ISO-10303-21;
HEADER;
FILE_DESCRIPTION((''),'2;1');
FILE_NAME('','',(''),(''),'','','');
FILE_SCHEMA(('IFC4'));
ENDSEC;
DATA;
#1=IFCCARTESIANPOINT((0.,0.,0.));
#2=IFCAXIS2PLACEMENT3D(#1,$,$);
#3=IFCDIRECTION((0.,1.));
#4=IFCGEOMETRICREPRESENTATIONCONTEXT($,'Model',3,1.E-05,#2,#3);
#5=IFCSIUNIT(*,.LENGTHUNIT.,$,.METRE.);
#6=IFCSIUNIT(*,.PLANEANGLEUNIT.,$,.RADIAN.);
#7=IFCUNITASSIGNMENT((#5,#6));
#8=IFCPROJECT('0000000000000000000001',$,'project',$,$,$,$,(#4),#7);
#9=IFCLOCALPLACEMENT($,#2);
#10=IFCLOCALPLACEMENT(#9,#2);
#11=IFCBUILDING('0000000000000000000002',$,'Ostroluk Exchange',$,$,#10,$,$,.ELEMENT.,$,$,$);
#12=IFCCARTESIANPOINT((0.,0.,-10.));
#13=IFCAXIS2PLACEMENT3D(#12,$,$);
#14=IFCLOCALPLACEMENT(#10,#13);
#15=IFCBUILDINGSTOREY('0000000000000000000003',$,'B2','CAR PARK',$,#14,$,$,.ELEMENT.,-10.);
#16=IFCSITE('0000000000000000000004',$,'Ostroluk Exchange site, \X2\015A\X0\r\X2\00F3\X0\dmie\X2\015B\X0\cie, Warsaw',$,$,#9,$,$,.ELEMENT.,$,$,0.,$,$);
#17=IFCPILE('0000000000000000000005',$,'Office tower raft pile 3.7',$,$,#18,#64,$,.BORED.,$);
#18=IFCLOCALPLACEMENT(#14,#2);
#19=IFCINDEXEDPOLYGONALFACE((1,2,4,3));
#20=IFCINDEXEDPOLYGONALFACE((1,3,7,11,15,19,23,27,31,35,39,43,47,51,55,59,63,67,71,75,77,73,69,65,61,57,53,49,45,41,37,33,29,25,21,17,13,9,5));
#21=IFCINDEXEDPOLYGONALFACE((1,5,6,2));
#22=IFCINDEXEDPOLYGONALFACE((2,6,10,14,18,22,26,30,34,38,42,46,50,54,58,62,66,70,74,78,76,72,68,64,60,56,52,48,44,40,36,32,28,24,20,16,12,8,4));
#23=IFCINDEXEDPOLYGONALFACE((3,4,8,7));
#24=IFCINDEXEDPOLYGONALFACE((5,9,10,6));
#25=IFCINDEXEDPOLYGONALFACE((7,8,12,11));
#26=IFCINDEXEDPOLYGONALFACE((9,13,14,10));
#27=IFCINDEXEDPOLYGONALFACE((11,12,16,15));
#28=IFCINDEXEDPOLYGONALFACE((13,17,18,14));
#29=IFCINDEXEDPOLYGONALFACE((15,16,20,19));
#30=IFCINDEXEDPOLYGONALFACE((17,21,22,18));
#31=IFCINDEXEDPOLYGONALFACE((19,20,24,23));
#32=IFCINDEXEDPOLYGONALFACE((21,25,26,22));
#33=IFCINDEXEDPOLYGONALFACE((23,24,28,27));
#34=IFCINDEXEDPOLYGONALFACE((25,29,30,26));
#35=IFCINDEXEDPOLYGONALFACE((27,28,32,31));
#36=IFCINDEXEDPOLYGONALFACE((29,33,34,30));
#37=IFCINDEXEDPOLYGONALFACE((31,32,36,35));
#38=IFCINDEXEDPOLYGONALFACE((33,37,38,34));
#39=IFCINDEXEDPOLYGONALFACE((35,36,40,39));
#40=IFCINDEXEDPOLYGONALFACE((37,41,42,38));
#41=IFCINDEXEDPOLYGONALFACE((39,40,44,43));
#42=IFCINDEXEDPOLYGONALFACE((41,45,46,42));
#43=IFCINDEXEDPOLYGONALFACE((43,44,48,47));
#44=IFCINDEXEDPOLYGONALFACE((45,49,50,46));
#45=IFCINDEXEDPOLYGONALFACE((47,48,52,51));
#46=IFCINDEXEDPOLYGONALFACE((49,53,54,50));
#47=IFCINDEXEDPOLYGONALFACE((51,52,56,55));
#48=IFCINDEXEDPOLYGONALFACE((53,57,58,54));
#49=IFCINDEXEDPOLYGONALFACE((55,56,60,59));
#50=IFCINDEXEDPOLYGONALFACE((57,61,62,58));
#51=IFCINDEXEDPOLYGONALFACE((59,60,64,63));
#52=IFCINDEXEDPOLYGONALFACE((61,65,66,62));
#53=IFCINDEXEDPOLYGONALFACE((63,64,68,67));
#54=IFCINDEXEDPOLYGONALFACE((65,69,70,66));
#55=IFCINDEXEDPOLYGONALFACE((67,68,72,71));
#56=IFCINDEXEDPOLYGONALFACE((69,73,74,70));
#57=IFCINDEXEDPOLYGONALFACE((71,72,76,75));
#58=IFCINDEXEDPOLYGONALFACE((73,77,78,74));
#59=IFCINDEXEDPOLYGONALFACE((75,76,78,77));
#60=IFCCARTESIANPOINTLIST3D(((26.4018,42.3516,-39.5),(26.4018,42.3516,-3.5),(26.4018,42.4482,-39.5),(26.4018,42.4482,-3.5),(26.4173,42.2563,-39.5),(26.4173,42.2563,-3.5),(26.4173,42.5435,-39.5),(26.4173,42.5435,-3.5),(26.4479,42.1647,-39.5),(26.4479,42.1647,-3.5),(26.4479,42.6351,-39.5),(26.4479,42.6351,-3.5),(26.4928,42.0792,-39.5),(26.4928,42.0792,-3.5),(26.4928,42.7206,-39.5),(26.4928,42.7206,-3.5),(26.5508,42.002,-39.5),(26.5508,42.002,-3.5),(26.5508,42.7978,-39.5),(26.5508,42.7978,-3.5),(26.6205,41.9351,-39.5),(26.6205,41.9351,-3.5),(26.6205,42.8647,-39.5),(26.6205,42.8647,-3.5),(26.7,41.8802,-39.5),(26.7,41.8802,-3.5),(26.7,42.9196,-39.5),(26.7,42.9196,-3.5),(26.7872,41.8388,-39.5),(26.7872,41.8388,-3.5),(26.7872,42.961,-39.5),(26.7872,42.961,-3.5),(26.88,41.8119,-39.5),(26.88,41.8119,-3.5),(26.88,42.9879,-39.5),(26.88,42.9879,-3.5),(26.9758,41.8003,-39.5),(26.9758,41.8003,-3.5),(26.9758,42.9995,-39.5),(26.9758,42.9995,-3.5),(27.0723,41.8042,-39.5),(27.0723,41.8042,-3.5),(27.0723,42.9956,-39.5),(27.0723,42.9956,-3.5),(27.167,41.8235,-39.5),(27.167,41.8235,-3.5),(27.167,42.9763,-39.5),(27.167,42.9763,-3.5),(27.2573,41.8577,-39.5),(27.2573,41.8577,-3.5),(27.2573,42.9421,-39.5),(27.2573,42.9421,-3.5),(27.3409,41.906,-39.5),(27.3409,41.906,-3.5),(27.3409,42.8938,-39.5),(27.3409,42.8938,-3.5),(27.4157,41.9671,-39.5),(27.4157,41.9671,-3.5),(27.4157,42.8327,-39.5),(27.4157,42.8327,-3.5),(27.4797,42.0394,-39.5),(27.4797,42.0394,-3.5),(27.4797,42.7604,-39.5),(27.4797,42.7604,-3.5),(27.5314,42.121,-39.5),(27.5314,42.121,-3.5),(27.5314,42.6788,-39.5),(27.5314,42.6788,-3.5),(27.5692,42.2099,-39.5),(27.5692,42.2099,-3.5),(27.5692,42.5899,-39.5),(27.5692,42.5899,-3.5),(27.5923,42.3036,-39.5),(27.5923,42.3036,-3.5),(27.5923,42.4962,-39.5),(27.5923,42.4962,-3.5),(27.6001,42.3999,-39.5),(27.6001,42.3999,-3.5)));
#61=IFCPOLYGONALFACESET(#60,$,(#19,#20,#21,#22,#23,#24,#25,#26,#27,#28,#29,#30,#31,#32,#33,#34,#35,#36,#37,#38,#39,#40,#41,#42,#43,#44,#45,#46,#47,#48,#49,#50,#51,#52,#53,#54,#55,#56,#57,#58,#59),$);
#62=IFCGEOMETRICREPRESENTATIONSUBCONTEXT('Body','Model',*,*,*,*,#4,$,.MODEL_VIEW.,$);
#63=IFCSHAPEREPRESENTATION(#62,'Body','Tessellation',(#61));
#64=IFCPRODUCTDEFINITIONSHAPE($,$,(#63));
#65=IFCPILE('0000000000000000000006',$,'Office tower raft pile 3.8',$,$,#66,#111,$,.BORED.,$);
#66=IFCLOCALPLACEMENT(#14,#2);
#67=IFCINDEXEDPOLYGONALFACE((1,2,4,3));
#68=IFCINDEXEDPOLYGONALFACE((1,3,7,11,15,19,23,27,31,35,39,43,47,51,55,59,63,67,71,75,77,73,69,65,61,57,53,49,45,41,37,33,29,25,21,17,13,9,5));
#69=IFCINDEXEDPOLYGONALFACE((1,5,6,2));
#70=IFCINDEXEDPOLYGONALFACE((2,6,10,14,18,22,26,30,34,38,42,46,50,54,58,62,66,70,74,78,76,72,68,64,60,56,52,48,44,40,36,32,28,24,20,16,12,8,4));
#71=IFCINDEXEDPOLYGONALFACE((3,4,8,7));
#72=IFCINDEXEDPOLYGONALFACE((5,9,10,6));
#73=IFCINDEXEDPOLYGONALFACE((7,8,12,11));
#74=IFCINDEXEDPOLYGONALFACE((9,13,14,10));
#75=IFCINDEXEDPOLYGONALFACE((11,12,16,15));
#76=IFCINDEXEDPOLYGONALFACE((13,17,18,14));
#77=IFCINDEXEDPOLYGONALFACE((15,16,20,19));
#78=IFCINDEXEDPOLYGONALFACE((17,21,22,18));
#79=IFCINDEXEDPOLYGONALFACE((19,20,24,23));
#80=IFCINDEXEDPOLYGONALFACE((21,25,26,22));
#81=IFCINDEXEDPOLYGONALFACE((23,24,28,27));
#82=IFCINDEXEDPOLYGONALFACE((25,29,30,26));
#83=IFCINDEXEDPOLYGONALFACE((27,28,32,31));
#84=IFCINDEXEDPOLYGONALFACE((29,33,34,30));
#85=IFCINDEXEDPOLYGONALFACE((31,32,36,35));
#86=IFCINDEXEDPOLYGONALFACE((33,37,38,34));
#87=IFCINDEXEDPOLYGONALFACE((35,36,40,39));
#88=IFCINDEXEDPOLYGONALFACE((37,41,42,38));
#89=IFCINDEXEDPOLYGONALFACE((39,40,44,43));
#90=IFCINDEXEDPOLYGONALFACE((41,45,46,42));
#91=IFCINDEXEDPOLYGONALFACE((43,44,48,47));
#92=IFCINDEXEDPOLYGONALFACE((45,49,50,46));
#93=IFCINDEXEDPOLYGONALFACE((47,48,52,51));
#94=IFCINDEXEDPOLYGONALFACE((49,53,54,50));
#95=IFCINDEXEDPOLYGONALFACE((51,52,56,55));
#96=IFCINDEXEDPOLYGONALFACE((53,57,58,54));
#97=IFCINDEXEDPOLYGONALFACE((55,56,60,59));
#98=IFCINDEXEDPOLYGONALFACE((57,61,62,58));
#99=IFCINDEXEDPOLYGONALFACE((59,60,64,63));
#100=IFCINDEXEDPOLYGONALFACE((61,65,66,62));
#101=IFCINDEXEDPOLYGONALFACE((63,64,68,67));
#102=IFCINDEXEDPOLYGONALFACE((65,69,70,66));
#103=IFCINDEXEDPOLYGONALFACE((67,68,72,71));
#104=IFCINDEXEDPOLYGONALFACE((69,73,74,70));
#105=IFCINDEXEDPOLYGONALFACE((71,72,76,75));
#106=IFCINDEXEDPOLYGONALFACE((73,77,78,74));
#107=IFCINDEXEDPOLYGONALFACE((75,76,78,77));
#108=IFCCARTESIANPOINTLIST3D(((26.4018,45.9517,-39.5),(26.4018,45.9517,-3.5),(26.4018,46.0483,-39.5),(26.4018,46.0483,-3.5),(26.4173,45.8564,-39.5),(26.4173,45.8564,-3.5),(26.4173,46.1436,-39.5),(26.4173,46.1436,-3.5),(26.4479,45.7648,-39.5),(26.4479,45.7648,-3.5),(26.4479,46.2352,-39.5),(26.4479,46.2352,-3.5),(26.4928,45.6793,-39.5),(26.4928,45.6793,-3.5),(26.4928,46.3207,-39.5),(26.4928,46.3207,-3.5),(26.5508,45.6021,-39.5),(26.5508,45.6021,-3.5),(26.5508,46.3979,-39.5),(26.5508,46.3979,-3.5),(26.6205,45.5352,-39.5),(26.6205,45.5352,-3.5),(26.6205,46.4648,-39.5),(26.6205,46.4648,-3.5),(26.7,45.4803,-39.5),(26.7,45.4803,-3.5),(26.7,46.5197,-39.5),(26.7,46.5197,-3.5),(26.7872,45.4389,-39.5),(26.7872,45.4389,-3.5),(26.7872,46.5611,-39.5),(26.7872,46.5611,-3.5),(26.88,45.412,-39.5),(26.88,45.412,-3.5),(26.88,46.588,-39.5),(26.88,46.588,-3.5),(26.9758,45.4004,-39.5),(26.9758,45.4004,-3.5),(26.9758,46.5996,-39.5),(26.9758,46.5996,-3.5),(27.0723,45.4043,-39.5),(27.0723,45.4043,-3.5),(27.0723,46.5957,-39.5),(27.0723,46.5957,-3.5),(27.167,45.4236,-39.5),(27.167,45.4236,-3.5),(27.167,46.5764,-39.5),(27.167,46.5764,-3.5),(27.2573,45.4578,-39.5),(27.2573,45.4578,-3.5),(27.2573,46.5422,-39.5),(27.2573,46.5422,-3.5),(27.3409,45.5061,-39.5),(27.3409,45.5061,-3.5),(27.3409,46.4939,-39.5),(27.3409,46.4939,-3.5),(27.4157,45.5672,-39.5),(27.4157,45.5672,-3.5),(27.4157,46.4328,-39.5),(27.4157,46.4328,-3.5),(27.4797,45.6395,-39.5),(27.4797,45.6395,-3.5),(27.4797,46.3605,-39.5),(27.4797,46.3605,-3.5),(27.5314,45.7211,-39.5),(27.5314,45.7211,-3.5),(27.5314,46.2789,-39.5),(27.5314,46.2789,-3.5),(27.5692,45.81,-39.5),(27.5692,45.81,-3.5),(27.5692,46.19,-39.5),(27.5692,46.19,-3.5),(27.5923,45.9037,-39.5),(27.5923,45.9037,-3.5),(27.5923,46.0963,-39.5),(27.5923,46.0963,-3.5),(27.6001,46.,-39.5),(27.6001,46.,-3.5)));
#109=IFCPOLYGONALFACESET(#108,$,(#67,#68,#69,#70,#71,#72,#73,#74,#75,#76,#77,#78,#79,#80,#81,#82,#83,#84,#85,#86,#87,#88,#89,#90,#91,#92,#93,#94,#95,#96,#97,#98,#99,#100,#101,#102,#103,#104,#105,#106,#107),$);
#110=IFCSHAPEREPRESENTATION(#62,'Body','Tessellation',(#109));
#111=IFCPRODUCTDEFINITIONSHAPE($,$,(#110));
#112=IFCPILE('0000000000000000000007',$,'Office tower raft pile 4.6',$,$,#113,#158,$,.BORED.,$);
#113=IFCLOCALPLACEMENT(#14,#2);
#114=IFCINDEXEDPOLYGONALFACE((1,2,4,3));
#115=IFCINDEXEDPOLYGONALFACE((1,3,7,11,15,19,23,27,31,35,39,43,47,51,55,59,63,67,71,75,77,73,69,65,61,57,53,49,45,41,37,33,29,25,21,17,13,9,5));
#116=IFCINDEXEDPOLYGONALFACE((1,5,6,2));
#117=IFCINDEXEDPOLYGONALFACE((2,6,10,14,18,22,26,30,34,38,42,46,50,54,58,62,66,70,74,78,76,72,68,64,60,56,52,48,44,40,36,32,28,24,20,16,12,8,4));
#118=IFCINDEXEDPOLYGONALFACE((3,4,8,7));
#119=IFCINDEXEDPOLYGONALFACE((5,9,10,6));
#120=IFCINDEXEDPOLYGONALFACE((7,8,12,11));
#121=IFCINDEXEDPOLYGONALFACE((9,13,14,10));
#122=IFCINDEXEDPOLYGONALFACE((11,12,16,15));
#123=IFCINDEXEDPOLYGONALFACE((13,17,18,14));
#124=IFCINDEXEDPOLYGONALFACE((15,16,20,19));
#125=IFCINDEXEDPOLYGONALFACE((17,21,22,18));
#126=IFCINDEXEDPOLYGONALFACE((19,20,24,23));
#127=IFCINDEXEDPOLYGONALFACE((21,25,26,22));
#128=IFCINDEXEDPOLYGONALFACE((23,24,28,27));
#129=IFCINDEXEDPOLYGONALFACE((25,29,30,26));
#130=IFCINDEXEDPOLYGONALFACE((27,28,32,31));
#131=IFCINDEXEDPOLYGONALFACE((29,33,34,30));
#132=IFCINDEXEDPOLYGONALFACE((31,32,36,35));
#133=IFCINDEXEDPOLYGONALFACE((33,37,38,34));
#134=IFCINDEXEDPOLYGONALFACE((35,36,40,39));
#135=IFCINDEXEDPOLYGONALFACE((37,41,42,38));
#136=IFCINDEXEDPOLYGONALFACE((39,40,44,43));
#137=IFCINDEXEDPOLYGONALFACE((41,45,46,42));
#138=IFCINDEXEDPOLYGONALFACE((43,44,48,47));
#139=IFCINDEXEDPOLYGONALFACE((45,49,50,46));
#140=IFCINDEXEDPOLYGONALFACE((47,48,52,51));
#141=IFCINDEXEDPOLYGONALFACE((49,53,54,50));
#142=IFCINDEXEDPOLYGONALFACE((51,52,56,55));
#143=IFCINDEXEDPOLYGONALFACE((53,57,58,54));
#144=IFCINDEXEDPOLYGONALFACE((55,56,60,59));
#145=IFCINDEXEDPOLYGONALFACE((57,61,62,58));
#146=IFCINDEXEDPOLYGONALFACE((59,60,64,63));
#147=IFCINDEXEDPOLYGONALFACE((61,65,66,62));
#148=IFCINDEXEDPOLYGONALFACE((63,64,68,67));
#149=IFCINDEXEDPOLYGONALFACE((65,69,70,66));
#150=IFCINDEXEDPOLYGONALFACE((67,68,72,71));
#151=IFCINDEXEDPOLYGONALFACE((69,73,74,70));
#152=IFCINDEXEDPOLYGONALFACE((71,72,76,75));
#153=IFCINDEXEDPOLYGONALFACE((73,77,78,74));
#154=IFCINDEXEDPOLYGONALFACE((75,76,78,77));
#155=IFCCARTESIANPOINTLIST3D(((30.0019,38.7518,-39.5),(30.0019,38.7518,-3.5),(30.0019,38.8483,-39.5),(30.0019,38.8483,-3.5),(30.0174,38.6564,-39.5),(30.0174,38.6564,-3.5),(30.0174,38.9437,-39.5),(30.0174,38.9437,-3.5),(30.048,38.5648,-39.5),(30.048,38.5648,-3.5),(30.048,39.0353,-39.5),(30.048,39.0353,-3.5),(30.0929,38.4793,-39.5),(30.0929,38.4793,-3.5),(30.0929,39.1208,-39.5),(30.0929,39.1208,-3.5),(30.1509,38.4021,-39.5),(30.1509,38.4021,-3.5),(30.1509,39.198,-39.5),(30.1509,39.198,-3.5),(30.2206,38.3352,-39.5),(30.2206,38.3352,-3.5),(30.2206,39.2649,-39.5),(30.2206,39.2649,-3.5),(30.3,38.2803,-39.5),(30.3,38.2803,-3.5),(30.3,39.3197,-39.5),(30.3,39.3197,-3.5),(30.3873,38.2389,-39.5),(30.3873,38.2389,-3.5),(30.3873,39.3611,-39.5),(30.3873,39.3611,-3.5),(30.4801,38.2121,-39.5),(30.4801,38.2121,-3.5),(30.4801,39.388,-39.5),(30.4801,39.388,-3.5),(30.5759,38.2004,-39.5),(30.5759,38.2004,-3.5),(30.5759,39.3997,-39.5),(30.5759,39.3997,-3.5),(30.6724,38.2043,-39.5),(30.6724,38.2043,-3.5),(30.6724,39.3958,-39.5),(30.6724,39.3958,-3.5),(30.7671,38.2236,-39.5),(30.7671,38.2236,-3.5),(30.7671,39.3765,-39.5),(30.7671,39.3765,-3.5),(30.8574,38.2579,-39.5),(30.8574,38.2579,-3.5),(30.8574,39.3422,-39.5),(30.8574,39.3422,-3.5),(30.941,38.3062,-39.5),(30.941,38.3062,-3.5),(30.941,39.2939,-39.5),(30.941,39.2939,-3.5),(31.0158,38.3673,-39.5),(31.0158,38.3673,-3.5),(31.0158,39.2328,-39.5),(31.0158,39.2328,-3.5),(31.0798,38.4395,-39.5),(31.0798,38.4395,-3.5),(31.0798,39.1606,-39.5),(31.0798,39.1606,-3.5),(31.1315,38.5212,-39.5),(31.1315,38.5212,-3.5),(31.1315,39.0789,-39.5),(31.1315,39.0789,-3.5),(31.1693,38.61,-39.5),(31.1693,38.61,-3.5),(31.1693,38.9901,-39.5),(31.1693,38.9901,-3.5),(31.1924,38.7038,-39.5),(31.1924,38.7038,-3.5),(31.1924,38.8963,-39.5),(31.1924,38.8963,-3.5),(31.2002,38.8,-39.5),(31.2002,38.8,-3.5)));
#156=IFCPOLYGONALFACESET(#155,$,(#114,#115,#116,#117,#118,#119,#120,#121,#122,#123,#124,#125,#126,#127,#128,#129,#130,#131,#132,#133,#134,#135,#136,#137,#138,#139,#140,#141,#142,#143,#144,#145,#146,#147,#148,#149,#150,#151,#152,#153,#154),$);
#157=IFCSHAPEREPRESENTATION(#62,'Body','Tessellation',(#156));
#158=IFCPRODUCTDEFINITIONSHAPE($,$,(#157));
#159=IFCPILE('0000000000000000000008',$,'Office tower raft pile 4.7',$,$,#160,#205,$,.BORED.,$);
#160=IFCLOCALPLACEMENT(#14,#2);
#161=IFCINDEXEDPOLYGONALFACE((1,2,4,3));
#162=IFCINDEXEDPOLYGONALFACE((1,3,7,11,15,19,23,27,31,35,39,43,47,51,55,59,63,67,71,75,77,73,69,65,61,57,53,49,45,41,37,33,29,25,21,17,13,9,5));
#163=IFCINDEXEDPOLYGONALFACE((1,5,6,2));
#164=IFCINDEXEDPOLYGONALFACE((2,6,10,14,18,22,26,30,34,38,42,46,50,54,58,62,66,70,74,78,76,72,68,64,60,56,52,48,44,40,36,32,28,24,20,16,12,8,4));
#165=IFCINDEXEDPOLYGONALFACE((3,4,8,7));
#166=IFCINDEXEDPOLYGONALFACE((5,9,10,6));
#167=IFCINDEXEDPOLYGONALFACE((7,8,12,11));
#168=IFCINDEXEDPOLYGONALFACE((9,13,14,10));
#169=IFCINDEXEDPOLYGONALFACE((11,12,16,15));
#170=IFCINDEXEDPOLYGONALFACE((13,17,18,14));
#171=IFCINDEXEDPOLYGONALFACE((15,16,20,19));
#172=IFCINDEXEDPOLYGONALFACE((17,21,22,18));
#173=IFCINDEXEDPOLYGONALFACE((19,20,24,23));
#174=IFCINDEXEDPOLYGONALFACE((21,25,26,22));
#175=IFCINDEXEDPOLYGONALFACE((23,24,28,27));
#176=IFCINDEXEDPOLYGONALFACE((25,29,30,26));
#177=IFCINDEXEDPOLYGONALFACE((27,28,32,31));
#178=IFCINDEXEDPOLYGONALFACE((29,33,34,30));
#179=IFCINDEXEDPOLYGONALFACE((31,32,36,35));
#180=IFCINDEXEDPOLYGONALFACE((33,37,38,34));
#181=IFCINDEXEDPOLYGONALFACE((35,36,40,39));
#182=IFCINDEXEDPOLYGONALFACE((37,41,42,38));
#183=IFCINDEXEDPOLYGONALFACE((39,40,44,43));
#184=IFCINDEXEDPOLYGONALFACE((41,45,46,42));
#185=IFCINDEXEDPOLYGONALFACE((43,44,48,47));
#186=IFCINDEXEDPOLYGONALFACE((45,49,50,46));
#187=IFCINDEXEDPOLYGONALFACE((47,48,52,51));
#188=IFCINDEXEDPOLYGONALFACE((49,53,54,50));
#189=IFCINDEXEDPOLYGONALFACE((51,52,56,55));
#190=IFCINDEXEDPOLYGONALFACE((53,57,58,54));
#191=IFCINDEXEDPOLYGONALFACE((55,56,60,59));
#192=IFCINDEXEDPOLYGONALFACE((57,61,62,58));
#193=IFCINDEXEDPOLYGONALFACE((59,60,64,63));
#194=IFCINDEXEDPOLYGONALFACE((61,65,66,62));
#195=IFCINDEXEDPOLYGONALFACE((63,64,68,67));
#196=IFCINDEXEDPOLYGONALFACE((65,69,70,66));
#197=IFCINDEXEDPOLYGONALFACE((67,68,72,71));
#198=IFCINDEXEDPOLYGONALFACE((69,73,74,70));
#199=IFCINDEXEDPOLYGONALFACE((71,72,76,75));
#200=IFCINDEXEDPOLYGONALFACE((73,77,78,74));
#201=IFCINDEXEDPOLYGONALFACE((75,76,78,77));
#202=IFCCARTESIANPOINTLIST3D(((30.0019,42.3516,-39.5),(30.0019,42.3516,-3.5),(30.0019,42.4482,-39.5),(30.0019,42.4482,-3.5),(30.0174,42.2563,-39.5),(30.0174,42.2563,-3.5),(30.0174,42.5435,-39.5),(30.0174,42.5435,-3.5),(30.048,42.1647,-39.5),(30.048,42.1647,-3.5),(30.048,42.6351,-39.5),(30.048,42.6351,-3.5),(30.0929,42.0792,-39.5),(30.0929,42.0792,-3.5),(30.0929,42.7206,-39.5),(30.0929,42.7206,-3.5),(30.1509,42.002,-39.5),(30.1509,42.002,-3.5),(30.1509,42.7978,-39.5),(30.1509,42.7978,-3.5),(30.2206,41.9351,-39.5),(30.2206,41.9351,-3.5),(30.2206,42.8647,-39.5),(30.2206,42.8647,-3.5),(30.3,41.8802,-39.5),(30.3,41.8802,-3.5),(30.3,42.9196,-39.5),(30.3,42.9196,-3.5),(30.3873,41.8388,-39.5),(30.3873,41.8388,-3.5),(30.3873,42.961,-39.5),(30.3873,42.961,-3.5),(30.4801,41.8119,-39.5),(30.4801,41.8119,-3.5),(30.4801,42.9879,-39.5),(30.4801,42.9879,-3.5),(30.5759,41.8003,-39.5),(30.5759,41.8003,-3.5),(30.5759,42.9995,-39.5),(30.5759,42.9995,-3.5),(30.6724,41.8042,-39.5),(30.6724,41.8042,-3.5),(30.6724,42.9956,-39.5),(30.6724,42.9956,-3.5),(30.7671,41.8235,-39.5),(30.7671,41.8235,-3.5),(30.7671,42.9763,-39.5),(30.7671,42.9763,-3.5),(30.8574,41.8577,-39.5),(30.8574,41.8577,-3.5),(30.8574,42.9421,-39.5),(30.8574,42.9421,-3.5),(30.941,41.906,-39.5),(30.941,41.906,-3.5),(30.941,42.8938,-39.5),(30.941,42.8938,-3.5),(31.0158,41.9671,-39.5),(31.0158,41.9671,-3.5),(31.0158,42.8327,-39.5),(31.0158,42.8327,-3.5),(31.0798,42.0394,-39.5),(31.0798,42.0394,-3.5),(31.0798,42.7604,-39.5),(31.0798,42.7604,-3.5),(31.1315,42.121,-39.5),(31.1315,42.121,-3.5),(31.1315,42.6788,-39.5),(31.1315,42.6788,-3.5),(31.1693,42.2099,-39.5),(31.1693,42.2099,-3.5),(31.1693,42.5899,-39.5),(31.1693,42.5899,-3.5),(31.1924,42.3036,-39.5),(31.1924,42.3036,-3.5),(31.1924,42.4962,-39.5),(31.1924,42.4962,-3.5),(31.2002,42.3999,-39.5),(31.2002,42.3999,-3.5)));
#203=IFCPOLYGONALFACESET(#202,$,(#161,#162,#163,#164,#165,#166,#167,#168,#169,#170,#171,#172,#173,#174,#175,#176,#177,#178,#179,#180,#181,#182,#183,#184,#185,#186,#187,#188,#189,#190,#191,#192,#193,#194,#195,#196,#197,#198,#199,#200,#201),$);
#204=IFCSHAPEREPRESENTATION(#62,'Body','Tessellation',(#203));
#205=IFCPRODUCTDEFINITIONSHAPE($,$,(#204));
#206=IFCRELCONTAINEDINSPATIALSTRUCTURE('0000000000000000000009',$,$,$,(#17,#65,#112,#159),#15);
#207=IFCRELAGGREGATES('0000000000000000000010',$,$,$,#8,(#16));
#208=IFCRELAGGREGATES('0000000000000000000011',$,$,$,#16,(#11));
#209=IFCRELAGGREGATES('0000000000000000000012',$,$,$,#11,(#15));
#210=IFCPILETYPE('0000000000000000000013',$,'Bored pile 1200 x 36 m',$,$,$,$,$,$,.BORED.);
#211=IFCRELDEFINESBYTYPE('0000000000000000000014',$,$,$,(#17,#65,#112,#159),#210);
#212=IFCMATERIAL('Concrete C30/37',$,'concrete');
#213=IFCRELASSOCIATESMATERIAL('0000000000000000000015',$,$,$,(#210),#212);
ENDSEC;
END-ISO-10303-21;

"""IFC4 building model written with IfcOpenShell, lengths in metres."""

from ifc_helpers import new_model, si_unit, direction, frame, origin, origin_2d, place, context, subcontext, project, spatial, circle, extrude, material, type_object, element, save


model = new_model("IFC4")

# Units and contexts
model_context = context("Model", 3, precision=1e-05, world=origin(), true_north=direction((0.0, 1.0)))
body_context = subcontext(model_context, "Body", "Model", "MODEL_VIEW")
ifc_project = project(units=[si_unit("LENGTHUNIT", "METRE"), si_unit("PLANEANGLEUNIT", "RADIAN")], contexts=[model_context])

# Site, building, storey
site_placement = place(None, origin())
site = spatial("IfcSite", under=ifc_project, at=site_placement, Name="Ostroluk Exchange site, Śródmieście, Warsaw", CompositionType="ELEMENT", RefElevation=0.0)
building_placement = place(site_placement, origin())
building = spatial("IfcBuilding", under=site, at=building_placement, Name="Ostroluk Exchange", CompositionType="ELEMENT")
storey_placement = place(building_placement, frame((0.0, 0.0, -10.0)))
storey = spatial("IfcBuildingStorey", under=building, at=storey_placement, Name="B2", Description="CAR PARK", CompositionType="ELEMENT", Elevation=-10.0)

# Piles
ifc_material_1 = material(Name="Concrete C30/37", Category="concrete")
pile_type = type_object("IfcPileType", Name="Bored pile 1200 x 36 m", PredefinedType="BORED", material=ifc_material_1)
for number, where, z_axis, x_axis, name in (
    (1, (27.0, 42.3999, -3.5), (0.0, 0.0, -1.0), (1.0, 0.0, 0.0), "Office tower raft pile 3.7"),
    (2, (27.0, 46.0, -3.5), (0.0, 0.0, -1.0), (1.0, 0.0, 0.0), "Office tower raft pile 3.8"),
    (3, (30.6001, 38.8, -3.5), (0.0, 0.0, -1.0), (1.0, 0.0, 0.0), "Office tower raft pile 4.6"),
    (4, (30.6001, 42.3999, -3.5), (0.0, 0.0, -1.0), (1.0, 0.0, 0.0), "Office tower raft pile 4.7"),
):
    element("IfcPile", number, at=place(storey_placement, frame(where, z_axis=z_axis, x_axis=x_axis)), inside=storey, type_object=pile_type, Name=name, PredefinedType="BORED", context=body_context, shape_type="SweptSolid", body=[
        extrude(circle(Radius=0.6001, at=origin_2d()), origin(), (0.0, 0.0, 1.0), 36.0),
    ])

save(model, "model.ifc")
